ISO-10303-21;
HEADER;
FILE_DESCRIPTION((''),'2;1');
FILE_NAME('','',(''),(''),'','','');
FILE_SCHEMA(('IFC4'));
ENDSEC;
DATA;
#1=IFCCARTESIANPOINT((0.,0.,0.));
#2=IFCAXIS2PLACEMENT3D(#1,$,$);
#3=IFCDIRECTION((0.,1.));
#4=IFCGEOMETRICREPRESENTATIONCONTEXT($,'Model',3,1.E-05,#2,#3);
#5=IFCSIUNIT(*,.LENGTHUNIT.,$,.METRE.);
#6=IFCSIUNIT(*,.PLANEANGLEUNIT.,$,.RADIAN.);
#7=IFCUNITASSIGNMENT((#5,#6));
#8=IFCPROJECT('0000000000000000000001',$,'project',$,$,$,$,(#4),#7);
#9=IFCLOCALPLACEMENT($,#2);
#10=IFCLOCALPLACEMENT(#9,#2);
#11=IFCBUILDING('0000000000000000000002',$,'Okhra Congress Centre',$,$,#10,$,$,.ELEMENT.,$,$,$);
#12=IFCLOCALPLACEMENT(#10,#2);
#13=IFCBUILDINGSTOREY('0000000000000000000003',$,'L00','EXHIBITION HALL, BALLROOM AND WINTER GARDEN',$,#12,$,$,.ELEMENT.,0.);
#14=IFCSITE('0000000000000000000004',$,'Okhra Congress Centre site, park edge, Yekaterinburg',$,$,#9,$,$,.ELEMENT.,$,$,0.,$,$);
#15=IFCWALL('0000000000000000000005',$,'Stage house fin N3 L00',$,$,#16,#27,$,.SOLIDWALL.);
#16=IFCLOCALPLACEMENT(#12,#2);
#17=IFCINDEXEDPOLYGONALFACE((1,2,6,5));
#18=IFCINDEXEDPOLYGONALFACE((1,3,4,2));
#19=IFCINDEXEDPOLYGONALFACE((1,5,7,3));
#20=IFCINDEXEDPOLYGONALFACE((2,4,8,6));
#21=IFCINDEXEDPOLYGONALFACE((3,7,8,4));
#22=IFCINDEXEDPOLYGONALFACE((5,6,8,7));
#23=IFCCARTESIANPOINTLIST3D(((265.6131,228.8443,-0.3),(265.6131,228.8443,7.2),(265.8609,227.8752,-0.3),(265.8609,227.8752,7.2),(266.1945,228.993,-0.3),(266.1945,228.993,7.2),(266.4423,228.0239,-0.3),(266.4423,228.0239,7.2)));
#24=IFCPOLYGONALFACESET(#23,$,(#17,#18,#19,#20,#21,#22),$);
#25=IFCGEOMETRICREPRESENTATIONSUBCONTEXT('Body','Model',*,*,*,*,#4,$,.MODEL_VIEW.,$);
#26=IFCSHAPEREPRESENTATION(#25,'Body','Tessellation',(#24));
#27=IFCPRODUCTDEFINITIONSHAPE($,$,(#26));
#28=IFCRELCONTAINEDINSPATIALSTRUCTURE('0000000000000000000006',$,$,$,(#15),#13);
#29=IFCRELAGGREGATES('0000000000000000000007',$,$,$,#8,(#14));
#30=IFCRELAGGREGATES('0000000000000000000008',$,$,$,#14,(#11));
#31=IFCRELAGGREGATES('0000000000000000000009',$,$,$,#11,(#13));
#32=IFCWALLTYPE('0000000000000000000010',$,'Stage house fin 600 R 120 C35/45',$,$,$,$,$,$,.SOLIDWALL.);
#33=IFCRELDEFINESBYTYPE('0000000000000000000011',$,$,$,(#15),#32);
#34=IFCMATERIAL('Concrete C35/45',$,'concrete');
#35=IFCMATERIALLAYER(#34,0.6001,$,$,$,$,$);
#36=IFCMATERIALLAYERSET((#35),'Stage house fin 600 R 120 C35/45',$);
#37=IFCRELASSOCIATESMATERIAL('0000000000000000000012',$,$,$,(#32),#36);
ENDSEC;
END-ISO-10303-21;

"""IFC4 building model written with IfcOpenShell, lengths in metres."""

from ifc_helpers import new_model, si_unit, direction, frame, frame_2d, origin, place, context, subcontext, project, spatial, rectangle, extrude, material, layer, layer_set, type_object, element, save


model = new_model("IFC4")

# Units and contexts
model_context = context("Model", 3, precision=1e-05, world=origin(), true_north=direction((0.0, 1.0)))
body_context = subcontext(model_context, "Body", "Model", "MODEL_VIEW")
ifc_project = project(units=[si_unit("LENGTHUNIT", "METRE"), si_unit("PLANEANGLEUNIT", "RADIAN")], contexts=[model_context])

# Site, building, storey
site_placement = place(None, origin())
site = spatial("IfcSite", under=ifc_project, at=site_placement, Name="Okhra Congress Centre site, park edge, Yekaterinburg", CompositionType="ELEMENT", RefElevation=0.0)
building_placement = place(site_placement, origin())
building = spatial("IfcBuilding", under=site, at=building_placement, Name="Okhra Congress Centre", CompositionType="ELEMENT")
storey_placement = place(building_placement, origin())
storey = spatial("IfcBuildingStorey", under=building, at=storey_placement, Name="L00", Description="EXHIBITION HALL, BALLROOM AND WINTER GARDEN", CompositionType="ELEMENT", Elevation=0.0)

# Shared definitions
ifc_material_1 = material(Name="Concrete C35/45", Category="concrete")

# Wall
ifc_layer_1 = layer(ifc_material_1, 0.6001)
ifc_layer_set_1 = layer_set([ifc_layer_1], Name="Stage house fin 600 R 120 C35/45")
wall_type_1 = type_object("IfcWallType", Name="Stage house fin 600 R 120 C35/45", PredefinedType="SOLIDWALL", material=ifc_layer_set_1)
for number, where, z_axis, x_axis, name in (
    (1, (266.1516, 227.9497, -0.3), (0.0, 0.0, 1.0), (-0.247759, 0.968822, 0.0), "Stage house fin N3 L00"),
):
    element("IfcWall", number, at=place(storey_placement, frame(where, z_axis=z_axis, x_axis=x_axis)), inside=storey, type_object=wall_type_1, Name=name, PredefinedType="SOLIDWALL", context=body_context, shape_type="SweptSolid", body=[
        extrude(rectangle(XDim=1.0002, YDim=0.6001, at=frame_2d((0.5, 0.0))), origin(), (0.0, 0.0, 1.0), 7.5),
    ])

save(model, "model.ifc")
